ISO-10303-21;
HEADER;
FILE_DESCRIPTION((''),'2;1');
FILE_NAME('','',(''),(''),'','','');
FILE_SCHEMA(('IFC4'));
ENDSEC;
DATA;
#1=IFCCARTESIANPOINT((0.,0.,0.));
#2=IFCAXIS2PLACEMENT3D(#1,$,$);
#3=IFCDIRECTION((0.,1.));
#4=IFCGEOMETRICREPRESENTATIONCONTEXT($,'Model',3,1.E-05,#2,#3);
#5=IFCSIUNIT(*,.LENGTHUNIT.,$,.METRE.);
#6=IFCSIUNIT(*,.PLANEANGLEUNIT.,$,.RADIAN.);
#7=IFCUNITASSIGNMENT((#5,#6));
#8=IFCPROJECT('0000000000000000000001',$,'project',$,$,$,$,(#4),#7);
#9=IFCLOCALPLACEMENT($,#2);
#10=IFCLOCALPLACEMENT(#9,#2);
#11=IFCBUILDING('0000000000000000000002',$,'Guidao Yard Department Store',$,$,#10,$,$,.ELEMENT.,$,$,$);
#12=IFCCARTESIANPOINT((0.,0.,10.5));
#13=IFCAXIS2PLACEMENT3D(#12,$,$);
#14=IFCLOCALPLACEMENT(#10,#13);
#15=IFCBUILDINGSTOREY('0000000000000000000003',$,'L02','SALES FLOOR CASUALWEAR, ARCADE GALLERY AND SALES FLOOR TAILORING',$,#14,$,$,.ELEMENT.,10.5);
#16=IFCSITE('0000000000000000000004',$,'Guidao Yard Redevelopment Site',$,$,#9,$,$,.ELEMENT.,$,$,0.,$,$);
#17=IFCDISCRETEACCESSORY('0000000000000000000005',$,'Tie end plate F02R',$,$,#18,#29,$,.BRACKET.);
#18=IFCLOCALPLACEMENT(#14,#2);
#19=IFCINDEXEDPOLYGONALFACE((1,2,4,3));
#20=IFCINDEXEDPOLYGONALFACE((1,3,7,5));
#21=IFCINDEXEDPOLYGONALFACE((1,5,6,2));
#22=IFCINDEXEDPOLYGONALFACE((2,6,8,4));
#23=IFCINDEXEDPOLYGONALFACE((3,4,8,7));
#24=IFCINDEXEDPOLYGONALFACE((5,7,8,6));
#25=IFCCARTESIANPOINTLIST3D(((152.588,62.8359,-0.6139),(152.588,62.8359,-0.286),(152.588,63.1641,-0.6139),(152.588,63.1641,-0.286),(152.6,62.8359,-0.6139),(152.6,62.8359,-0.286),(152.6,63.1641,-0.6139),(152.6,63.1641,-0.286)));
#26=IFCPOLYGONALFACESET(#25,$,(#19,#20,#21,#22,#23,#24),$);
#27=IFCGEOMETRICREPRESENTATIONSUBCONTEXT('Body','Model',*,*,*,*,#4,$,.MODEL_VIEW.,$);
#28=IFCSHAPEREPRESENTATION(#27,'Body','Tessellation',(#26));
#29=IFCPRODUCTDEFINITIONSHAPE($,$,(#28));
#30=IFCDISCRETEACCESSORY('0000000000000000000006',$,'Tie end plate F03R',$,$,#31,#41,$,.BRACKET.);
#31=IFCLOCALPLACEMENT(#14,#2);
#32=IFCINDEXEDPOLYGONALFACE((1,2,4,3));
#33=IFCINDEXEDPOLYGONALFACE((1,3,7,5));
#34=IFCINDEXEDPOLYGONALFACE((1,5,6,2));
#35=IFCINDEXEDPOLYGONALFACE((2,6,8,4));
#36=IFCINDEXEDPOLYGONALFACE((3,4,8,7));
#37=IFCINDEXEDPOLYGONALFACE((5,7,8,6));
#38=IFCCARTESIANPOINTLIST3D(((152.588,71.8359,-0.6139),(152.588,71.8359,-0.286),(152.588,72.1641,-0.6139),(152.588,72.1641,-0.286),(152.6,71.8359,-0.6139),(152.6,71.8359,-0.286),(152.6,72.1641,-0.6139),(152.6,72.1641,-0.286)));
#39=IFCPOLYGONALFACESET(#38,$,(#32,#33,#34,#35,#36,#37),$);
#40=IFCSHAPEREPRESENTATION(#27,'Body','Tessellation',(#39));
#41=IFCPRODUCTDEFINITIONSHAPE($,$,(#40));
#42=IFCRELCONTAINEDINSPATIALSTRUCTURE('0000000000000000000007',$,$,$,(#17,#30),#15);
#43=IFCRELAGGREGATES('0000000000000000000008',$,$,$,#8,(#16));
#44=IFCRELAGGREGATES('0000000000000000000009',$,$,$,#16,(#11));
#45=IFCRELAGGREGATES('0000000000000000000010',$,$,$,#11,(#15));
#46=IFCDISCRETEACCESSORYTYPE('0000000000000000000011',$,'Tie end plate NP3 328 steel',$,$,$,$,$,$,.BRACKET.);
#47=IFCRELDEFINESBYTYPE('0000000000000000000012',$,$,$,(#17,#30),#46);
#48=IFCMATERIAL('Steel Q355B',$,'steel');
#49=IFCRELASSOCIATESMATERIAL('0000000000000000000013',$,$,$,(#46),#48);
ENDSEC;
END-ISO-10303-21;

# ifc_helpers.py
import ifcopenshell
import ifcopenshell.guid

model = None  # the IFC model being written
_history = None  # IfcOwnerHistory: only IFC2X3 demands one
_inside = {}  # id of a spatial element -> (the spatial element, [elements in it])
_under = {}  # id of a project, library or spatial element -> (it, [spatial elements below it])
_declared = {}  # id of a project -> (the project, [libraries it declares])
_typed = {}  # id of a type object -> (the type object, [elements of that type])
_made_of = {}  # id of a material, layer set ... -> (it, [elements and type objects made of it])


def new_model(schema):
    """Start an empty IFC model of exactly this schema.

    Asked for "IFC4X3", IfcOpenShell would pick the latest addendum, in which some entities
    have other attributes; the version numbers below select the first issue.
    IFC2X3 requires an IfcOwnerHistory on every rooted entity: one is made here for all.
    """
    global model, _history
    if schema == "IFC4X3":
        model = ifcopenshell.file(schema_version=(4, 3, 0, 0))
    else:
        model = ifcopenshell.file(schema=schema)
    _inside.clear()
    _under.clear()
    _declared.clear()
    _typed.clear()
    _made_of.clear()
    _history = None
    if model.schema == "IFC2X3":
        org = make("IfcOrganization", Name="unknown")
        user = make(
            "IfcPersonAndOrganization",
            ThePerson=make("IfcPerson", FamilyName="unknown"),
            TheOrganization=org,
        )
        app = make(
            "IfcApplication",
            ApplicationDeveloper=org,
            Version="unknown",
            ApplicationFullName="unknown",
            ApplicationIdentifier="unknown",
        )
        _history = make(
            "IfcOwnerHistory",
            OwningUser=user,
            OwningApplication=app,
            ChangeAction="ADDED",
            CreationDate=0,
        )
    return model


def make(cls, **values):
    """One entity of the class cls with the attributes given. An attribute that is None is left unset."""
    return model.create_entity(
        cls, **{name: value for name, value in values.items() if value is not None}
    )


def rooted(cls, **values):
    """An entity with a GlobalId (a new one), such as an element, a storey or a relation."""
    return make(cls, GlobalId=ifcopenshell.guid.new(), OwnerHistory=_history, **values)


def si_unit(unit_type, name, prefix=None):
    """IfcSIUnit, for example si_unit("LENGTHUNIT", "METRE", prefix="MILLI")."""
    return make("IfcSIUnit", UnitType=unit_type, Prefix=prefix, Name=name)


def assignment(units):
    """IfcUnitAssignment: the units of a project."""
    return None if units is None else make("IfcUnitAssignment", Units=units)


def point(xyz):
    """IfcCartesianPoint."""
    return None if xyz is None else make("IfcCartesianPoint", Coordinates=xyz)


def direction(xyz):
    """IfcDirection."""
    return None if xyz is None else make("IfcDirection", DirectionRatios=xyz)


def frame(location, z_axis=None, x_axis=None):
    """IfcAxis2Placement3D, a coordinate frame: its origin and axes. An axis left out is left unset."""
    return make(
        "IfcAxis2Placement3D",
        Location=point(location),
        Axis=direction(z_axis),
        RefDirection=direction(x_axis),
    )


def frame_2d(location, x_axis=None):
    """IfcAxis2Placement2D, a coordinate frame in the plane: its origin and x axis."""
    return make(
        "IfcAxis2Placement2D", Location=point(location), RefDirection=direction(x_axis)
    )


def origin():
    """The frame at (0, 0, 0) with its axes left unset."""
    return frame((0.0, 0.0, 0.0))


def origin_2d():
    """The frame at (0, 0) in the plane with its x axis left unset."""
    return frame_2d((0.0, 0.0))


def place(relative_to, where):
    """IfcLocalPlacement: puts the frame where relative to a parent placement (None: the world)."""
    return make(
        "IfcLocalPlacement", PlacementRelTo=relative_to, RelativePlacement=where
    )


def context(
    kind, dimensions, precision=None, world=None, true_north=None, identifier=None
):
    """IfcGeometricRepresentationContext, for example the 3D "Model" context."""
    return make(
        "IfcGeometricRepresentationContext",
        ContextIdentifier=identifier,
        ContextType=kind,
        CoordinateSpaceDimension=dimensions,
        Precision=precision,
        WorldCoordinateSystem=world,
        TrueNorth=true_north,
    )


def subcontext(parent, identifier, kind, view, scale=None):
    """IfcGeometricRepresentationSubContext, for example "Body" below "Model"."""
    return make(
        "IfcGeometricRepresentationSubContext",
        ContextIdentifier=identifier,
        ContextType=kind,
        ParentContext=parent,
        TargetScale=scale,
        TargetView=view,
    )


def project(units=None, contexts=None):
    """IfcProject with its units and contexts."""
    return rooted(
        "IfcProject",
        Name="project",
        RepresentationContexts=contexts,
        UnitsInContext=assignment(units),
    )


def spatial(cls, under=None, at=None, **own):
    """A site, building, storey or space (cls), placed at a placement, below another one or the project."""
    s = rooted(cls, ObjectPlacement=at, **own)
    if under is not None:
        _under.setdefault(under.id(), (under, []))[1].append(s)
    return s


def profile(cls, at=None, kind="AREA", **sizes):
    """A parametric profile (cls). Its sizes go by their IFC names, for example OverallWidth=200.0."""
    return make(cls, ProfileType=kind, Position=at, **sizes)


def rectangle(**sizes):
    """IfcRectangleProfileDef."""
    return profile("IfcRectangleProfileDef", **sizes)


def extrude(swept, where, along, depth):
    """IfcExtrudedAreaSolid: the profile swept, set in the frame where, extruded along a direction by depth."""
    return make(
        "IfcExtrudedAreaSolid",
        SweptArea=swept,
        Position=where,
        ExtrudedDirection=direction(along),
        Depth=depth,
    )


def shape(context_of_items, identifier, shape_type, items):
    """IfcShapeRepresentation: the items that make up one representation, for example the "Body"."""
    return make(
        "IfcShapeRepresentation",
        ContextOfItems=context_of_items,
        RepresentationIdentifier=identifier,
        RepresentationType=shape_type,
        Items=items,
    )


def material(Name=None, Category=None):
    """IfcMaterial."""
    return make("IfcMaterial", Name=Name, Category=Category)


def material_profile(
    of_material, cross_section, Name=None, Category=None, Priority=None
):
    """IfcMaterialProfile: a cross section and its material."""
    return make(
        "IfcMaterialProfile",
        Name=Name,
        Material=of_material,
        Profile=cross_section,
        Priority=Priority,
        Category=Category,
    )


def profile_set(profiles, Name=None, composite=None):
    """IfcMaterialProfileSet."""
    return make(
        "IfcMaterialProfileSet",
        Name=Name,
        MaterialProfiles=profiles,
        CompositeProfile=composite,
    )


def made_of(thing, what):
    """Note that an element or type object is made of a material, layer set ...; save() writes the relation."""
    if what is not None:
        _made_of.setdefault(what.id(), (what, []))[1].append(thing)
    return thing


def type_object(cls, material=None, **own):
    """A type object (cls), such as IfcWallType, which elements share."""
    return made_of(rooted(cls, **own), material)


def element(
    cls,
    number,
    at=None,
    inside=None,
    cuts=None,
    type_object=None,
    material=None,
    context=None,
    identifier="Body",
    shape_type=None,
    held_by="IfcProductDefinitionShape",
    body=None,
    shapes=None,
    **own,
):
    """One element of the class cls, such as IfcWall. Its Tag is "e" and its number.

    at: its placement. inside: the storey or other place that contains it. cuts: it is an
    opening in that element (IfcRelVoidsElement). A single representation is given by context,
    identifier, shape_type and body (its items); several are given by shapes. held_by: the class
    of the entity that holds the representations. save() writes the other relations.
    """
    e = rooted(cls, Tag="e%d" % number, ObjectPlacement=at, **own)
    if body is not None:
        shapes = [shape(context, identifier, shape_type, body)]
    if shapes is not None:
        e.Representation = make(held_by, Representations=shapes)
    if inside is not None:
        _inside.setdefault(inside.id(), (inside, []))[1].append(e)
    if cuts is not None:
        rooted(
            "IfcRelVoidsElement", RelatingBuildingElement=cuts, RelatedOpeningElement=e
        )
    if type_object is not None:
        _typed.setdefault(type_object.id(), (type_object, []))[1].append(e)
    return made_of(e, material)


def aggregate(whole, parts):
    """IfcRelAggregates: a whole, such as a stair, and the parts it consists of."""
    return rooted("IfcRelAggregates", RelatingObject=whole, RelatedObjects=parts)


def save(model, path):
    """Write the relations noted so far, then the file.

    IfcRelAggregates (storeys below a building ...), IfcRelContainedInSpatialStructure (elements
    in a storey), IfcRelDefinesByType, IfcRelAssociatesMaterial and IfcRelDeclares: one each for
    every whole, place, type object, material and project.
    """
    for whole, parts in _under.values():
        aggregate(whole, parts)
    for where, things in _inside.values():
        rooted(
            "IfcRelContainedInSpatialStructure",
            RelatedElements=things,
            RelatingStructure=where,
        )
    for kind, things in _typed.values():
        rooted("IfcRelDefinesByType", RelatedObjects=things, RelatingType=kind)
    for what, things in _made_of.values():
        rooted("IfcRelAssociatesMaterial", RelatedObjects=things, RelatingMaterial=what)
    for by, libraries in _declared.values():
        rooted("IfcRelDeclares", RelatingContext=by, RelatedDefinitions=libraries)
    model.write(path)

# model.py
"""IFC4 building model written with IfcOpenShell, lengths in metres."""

from ifc_helpers import new_model, si_unit, direction, frame, origin, origin_2d, place, context, subcontext, project, spatial, rectangle, extrude, material, material_profile, profile_set, type_object, element, save


model = new_model("IFC4")

# Units and contexts
model_context = context("Model", 3, precision=1e-05, world=origin(), true_north=direction((0.0, 1.0)))
body_context = subcontext(model_context, "Body", "Model", "MODEL_VIEW")
ifc_project = project(units=[si_unit("LENGTHUNIT", "METRE"), si_unit("PLANEANGLEUNIT", "RADIAN")], contexts=[model_context])

# Site, building, storey
site_placement = place(None, origin())
site = spatial("IfcSite", under=ifc_project, at=site_placement, Name="Guidao Yard Redevelopment Site", CompositionType="ELEMENT", RefElevation=0.0)
building_placement = place(site_placement, origin())
building = spatial("IfcBuilding", under=site, at=building_placement, Name="Guidao Yard Department Store", CompositionType="ELEMENT")
storey_placement = place(building_placement, frame((0.0, 0.0, 10.5)))
storey = spatial("IfcBuildingStorey", under=building, at=storey_placement, Name="L02", Description="SALES FLOOR CASUALWEAR, ARCADE GALLERY AND SALES FLOOR TAILORING", CompositionType="ELEMENT", Elevation=10.5)

# Discrete accessories
ifc_material_1 = material(Name="Steel Q355B", Category="steel")
ifc_material_profile_1 = material_profile(ifc_material_1, rectangle(XDim=0.3279, YDim=0.012, at=origin_2d()), Name="Node plate 328x12")
ifc_profile_set_1 = profile_set([ifc_material_profile_1], Name="Steel Q355B")
discrete_accessory_type = type_object("IfcDiscreteAccessoryType", Name="Tie end plate NP3 328 steel", PredefinedType="BRACKET", material=ifc_profile_set_1)
for number, where, z_axis, x_axis, name in (
    (1, (152.594, 62.8359, -0.45), (0.0, 1.0, 0.0), (0.0, 0.0, 1.0), "Tie end plate F02R"),
    (2, (152.594, 71.8359, -0.45), (0.0, 1.0, 0.0), (0.0, 0.0, 1.0), "Tie end plate F03R"),
):
    element("IfcDiscreteAccessory", number, at=place(storey_placement, frame(where, z_axis=z_axis, x_axis=x_axis)), inside=storey, type_object=discrete_accessory_type, Name=name, PredefinedType="BRACKET", context=body_context, shape_type="SweptSolid", body=[
        extrude(rectangle(XDim=0.3279, YDim=0.012, at=origin_2d()), origin(), (0.0, 0.0, 1.0), 0.3281),
    ])

save(model, "model.ifc")
